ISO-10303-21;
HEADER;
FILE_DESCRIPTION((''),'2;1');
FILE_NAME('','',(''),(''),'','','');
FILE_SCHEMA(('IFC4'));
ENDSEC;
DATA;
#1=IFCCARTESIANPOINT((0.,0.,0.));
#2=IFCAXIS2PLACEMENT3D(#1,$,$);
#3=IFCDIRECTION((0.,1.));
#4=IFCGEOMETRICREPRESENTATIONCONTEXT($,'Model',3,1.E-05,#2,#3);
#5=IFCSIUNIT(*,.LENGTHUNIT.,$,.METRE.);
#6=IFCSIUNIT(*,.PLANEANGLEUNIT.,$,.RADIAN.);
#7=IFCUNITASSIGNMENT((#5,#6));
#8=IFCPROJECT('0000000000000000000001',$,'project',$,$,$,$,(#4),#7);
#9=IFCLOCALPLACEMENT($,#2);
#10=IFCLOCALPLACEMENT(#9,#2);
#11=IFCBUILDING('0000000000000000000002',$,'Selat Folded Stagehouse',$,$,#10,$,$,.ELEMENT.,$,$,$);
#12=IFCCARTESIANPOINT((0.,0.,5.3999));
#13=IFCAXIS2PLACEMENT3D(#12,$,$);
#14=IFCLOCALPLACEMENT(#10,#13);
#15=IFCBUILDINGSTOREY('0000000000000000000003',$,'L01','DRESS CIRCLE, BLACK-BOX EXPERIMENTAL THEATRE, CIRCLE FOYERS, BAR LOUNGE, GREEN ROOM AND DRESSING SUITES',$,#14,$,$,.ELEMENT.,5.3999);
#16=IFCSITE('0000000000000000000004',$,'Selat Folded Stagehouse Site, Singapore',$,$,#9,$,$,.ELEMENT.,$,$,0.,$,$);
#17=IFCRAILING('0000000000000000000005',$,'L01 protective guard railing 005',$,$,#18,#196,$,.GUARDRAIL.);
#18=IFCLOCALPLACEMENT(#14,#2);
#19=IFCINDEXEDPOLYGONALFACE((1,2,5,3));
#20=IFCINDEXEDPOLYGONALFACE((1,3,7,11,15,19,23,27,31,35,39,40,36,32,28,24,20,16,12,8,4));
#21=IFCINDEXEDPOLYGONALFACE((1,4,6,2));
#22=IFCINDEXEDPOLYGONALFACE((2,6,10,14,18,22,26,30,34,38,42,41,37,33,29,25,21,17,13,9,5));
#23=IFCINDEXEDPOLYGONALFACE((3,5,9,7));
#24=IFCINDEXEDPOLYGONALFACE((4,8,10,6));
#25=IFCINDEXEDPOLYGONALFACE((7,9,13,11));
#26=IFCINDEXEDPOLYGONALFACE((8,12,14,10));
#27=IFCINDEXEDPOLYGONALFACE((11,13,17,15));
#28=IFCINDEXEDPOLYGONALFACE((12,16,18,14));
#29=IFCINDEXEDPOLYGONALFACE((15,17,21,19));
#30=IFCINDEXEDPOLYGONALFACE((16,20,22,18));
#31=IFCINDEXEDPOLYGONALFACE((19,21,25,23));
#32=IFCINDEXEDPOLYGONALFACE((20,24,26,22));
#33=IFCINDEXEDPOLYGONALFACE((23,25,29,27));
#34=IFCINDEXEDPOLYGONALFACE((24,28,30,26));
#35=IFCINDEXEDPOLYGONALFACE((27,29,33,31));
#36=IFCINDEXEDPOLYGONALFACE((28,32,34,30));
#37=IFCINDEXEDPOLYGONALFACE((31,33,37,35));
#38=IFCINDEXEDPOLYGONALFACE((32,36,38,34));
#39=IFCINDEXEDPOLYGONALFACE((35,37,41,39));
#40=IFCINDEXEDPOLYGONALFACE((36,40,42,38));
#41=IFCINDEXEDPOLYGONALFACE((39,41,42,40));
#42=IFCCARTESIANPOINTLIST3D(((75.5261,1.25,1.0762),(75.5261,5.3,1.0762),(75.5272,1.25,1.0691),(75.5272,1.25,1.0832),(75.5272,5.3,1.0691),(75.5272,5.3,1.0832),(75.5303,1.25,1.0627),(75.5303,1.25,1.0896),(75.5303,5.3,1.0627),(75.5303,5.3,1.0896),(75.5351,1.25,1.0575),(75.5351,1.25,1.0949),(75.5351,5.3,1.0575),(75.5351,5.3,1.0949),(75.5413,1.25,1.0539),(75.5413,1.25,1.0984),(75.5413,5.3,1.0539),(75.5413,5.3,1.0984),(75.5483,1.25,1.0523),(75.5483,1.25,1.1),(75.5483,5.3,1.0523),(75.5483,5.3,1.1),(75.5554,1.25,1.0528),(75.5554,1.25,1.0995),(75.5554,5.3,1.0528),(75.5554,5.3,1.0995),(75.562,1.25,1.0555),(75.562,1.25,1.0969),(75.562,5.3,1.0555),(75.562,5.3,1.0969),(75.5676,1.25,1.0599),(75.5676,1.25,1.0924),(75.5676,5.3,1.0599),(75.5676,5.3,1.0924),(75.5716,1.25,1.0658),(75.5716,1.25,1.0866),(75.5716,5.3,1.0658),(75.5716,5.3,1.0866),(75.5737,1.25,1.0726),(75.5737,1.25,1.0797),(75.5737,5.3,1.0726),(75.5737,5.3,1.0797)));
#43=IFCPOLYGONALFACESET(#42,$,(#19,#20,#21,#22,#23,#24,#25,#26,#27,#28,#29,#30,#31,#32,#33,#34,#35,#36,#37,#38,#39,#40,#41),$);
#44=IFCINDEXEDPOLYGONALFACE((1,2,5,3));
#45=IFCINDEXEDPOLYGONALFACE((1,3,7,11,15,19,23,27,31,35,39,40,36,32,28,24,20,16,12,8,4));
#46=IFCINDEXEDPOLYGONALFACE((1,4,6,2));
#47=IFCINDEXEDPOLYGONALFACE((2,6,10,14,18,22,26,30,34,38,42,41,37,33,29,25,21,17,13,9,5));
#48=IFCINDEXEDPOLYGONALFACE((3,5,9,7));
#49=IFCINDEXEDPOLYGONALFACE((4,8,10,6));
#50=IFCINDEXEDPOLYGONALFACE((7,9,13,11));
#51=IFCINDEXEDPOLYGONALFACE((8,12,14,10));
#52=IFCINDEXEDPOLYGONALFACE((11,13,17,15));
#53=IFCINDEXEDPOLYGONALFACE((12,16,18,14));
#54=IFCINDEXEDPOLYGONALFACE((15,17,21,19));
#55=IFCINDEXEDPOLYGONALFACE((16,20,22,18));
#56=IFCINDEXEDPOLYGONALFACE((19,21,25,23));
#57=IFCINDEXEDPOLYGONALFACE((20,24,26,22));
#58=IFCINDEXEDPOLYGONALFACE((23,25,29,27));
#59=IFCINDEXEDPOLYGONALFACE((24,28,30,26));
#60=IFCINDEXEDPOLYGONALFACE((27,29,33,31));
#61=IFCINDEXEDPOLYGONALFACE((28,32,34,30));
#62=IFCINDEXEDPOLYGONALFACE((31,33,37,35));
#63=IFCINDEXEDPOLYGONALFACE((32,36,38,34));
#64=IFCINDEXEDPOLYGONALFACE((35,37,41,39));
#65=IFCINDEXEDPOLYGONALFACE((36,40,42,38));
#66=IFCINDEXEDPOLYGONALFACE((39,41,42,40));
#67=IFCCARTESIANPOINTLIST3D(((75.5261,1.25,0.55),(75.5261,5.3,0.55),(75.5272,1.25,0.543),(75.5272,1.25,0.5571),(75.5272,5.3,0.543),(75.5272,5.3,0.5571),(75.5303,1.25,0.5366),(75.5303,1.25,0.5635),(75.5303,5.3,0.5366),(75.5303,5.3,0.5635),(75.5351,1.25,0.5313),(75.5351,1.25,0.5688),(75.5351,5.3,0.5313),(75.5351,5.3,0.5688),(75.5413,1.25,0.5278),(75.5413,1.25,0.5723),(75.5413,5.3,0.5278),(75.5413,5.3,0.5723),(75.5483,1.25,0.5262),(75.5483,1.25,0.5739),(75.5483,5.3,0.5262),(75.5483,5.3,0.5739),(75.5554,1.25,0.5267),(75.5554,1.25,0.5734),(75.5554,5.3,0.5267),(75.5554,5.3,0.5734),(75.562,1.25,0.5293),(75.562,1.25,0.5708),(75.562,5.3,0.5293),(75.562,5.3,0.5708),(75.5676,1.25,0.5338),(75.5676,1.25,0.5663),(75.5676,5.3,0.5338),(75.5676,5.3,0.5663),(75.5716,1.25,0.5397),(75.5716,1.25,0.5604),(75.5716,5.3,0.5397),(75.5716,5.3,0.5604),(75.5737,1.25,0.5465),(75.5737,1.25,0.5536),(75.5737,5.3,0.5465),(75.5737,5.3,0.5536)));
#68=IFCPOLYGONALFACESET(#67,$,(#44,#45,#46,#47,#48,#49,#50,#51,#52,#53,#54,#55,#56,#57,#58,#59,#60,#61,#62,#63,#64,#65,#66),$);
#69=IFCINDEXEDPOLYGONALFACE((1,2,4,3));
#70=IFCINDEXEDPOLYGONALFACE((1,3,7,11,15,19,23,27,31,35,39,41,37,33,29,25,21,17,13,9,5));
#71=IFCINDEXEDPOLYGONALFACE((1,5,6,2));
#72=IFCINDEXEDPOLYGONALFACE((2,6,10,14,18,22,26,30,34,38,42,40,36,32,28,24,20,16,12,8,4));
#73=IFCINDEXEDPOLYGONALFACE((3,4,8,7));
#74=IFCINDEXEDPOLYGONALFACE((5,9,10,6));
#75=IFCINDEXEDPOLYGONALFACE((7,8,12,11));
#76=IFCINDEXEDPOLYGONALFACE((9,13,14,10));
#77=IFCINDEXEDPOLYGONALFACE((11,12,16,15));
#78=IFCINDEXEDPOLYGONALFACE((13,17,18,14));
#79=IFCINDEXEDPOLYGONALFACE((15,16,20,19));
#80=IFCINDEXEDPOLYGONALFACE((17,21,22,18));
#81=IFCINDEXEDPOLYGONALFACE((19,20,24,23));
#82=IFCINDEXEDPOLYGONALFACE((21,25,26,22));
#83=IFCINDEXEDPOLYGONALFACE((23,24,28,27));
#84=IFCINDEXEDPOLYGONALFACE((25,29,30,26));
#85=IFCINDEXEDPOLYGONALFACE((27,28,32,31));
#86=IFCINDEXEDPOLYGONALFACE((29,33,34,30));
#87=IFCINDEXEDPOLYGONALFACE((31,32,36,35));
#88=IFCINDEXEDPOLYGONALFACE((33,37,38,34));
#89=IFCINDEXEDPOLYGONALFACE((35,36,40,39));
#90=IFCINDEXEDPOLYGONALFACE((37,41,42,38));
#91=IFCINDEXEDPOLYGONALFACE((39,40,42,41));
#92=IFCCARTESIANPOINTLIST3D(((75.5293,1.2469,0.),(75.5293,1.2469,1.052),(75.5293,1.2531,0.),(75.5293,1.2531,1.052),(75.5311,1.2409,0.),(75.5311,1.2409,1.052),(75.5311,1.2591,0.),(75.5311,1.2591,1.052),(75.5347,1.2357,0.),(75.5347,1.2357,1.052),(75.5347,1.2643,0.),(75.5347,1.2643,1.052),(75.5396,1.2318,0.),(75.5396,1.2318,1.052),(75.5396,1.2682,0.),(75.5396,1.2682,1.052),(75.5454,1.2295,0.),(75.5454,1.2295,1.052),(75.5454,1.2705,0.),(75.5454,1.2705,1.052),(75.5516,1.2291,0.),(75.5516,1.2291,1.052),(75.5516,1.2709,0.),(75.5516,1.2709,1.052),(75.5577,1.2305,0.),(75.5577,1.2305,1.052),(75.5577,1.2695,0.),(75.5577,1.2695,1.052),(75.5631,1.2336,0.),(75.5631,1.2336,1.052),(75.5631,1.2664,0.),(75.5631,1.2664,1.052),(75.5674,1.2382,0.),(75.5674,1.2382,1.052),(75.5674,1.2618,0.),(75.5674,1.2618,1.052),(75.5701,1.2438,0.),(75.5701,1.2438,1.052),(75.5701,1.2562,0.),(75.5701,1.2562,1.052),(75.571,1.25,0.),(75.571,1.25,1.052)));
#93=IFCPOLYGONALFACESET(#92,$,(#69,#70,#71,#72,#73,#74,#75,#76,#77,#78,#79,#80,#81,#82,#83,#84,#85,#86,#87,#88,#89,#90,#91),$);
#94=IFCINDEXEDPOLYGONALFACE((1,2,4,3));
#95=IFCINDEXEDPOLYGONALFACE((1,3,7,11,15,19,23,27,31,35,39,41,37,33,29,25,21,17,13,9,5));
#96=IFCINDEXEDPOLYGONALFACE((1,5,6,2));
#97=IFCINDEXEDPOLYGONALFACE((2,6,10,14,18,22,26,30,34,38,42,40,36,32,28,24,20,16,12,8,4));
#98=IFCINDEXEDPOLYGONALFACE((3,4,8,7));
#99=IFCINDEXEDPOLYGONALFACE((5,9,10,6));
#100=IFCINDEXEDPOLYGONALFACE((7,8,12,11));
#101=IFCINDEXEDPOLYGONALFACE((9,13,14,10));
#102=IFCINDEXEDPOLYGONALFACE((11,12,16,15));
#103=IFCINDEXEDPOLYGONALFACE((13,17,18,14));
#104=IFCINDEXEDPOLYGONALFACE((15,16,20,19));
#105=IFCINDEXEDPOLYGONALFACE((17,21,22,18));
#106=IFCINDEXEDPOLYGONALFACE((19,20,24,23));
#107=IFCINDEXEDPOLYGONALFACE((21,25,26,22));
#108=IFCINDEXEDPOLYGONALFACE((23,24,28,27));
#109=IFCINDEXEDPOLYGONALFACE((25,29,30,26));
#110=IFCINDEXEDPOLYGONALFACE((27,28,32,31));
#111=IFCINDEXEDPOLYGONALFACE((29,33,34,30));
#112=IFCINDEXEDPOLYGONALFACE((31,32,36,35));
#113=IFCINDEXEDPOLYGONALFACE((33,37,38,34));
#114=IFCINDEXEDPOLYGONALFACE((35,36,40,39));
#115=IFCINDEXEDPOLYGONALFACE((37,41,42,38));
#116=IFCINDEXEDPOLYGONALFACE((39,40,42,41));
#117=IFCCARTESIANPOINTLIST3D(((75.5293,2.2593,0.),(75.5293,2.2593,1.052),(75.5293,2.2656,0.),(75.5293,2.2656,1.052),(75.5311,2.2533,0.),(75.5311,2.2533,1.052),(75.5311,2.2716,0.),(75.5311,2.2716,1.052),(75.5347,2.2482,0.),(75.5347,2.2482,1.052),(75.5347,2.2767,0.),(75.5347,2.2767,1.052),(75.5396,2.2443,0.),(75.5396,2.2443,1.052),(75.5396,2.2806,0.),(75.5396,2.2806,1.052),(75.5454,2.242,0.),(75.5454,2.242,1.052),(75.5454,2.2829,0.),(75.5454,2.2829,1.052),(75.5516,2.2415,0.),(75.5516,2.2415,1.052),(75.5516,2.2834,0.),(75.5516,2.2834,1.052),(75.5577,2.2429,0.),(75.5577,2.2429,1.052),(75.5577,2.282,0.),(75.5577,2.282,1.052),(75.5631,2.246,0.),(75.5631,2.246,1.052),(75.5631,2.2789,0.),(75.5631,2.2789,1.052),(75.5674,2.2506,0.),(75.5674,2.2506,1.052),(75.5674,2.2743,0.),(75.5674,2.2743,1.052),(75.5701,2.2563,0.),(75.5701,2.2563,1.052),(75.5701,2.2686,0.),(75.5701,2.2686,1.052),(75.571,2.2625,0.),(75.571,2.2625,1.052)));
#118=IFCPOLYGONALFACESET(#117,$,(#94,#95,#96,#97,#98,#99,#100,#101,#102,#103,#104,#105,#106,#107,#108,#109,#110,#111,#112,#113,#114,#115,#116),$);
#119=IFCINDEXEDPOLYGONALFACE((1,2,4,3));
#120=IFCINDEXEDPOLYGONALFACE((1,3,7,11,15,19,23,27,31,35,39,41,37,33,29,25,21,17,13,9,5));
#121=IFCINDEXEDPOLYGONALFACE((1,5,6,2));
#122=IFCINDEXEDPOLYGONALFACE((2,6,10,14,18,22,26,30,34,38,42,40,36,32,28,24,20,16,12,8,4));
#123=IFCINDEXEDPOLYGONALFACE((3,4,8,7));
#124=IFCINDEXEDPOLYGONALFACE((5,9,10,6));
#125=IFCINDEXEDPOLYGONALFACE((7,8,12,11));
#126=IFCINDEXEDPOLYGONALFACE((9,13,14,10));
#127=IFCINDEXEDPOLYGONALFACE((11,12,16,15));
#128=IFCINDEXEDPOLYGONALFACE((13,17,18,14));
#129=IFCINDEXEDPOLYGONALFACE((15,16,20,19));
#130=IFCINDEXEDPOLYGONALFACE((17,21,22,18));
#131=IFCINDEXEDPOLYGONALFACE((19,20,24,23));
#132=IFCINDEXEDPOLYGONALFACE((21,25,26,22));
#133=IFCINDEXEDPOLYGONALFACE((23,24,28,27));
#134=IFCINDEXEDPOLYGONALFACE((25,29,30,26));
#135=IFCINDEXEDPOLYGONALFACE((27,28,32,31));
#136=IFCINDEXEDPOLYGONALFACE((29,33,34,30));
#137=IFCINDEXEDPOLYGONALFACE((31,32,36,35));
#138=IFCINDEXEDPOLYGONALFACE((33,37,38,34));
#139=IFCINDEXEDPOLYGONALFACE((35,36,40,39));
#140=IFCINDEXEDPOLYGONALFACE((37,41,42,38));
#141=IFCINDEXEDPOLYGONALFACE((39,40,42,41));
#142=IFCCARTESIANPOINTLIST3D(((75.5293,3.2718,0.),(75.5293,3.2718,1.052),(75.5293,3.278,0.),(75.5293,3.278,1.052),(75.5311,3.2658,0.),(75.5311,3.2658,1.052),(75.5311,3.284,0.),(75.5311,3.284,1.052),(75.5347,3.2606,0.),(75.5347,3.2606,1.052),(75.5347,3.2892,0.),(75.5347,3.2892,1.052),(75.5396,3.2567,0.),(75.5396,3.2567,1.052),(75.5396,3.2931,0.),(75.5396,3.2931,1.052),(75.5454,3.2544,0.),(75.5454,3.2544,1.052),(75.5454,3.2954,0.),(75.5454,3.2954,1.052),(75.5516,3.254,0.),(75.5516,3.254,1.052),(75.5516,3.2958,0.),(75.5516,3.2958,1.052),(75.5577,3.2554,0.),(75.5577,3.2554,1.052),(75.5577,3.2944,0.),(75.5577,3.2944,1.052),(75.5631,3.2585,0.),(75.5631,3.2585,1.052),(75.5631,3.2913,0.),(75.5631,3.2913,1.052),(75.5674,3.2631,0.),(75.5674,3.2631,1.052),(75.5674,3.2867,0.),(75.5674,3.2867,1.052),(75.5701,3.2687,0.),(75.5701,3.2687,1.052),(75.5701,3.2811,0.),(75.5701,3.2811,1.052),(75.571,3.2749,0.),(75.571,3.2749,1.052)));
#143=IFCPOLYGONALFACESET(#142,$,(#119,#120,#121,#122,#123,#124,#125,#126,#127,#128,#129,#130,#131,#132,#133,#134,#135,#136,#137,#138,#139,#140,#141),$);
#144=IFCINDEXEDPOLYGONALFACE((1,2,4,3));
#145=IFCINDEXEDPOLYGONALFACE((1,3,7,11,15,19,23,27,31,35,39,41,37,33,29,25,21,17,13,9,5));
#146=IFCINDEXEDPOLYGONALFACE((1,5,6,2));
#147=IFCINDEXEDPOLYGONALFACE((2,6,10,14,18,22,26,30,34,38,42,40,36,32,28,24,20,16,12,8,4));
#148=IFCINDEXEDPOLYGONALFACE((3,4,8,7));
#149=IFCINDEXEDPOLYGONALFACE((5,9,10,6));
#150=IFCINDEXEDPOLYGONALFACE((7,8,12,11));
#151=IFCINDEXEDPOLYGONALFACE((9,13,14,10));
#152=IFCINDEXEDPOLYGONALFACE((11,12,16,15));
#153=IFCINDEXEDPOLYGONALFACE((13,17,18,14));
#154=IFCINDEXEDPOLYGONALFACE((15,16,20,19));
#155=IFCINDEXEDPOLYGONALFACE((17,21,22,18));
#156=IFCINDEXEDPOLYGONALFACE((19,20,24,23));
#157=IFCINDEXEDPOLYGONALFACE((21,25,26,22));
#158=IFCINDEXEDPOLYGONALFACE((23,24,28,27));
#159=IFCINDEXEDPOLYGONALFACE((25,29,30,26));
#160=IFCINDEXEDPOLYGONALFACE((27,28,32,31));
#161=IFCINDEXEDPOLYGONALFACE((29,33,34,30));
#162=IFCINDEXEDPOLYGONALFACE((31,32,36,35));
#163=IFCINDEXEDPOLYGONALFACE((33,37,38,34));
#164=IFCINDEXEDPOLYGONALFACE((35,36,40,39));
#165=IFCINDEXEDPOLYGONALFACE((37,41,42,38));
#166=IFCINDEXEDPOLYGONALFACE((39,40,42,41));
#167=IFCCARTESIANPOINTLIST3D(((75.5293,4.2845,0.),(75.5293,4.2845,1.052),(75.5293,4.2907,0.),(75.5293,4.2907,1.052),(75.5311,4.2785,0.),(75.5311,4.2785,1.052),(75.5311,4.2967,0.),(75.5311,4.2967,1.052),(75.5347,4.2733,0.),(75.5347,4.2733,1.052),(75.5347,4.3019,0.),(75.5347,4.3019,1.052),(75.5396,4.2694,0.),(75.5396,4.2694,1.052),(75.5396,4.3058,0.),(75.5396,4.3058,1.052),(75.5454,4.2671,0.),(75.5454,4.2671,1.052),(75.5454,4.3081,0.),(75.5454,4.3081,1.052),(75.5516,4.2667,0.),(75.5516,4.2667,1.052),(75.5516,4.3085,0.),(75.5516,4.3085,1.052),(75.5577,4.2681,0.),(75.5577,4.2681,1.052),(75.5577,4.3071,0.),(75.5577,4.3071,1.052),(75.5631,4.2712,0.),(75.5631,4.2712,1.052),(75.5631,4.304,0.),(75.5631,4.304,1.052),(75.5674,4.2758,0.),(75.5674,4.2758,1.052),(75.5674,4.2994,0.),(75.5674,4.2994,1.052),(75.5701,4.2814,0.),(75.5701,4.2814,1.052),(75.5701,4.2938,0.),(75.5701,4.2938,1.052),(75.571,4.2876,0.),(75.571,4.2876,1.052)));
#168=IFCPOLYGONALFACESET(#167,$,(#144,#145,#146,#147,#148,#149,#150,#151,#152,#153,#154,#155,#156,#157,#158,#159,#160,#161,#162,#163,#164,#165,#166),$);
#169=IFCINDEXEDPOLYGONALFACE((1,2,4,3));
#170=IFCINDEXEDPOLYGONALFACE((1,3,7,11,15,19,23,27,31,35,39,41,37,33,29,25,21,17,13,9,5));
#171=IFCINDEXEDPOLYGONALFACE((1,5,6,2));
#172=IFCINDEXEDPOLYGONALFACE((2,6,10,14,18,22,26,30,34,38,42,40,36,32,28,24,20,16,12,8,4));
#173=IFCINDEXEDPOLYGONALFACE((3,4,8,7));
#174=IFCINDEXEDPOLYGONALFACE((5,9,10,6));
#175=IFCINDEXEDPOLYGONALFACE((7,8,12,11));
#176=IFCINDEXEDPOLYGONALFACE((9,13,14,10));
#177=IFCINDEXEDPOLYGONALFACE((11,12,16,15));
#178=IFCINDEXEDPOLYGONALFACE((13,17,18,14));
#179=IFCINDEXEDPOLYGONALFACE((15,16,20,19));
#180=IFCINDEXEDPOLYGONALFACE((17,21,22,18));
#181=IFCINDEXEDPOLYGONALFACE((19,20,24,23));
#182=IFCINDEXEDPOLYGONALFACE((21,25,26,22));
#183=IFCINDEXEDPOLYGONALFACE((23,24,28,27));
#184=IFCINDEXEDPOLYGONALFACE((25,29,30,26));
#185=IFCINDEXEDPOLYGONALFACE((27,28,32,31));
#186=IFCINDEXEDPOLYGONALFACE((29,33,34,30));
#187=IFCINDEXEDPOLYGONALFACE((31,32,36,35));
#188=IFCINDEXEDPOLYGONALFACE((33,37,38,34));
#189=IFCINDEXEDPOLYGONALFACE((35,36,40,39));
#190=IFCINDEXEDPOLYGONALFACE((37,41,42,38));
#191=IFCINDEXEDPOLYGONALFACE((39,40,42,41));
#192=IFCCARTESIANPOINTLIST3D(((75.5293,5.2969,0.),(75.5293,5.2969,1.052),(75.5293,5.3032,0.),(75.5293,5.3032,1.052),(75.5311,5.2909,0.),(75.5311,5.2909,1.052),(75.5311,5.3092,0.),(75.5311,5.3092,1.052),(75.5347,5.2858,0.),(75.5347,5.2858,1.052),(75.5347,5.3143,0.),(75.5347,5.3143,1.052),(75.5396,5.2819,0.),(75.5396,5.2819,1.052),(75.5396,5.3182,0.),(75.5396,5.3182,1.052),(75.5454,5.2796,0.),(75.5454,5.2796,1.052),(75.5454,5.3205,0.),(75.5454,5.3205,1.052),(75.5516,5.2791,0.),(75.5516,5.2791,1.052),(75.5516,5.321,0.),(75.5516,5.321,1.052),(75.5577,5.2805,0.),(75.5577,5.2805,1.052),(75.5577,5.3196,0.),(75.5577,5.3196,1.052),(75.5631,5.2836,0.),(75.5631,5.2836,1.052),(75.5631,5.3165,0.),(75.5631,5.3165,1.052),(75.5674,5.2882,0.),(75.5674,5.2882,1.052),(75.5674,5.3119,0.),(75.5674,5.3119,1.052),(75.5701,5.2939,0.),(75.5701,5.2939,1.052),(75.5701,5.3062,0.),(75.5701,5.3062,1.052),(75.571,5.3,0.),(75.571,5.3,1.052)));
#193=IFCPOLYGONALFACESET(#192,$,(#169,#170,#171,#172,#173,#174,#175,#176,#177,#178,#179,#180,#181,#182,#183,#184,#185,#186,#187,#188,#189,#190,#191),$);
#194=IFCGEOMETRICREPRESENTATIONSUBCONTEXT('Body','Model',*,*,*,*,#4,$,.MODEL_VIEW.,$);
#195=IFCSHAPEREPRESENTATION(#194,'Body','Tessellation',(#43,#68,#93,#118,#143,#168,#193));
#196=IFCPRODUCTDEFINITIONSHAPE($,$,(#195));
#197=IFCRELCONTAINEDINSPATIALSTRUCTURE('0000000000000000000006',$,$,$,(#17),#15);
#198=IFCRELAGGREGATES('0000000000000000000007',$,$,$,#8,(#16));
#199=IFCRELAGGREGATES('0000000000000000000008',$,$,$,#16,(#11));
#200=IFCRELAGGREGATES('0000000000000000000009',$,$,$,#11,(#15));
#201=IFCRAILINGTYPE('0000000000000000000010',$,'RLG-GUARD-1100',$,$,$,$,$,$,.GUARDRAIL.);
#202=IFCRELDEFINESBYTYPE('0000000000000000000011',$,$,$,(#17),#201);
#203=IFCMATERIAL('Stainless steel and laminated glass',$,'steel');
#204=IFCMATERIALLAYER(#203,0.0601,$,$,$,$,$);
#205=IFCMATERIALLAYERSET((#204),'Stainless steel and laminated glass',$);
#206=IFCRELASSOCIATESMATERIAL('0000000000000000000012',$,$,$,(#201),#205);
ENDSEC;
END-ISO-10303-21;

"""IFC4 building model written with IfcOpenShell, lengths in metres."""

from ifc_helpers import new_model, si_unit, direction, frame, origin, origin_2d, place, context, subcontext, project, spatial, circle, extrude, material, layer, layer_set, type_object, element, save


model = new_model("IFC4")

# Units and contexts
model_context = context("Model", 3, precision=1e-05, world=origin(), true_north=direction((0.0, 1.0)))
body_context = subcontext(model_context, "Body", "Model", "MODEL_VIEW")
ifc_project = project(units=[si_unit("LENGTHUNIT", "METRE"), si_unit("PLANEANGLEUNIT", "RADIAN")], contexts=[model_context])

# Site, building, storey
site_placement = place(None, origin())
site = spatial("IfcSite", under=ifc_project, at=site_placement, Name="Selat Folded Stagehouse Site, Singapore", CompositionType="ELEMENT", RefElevation=0.0)
building_placement = place(site_placement, origin())
building = spatial("IfcBuilding", under=site, at=building_placement, Name="Selat Folded Stagehouse", CompositionType="ELEMENT")
storey_placement = place(building_placement, frame((0.0, 0.0, 5.3999)))
storey = spatial("IfcBuildingStorey", under=building, at=storey_placement, Name="L01", Description="DRESS CIRCLE, BLACK-BOX EXPERIMENTAL THEATRE, CIRCLE FOYERS, BAR LOUNGE, GREEN ROOM AND DRESSING SUITES", CompositionType="ELEMENT", Elevation=5.3999)

# Railing
ifc_material_1 = material(Name="Stainless steel and laminated glass", Category="steel")
ifc_layer_1 = layer(ifc_material_1, 0.0601)
ifc_layer_set_1 = layer_set([ifc_layer_1], Name="Stainless steel and laminated glass")
railing_type = type_object("IfcRailingType", Name="RLG-GUARD-1100", PredefinedType="GUARDRAIL", material=ifc_layer_set_1)
railing_1_placement = place(storey_placement, frame((75.55, 1.25, 0.0)))
element("IfcRailing", 1, at=railing_1_placement, inside=storey, type_object=railing_type, Name="L01 protective guard railing 005", PredefinedType="GUARDRAIL", context=body_context, shape_type="SweptSolid", body=[
    extrude(circle(Radius=0.0239, at=origin_2d()), frame((0.0, 0.0, 1.0762), z_axis=(0.0, 1.0, 0.0), x_axis=(-1.0, 0.0, 0.0)), (0.0, 0.0, 1.0), 4.05),
    extrude(circle(Radius=0.0239, at=origin_2d()), frame((0.0, 0.0, 0.55), z_axis=(0.0, 1.0, 0.0), x_axis=(-1.0, 0.0, 0.0)), (0.0, 0.0, 1.0), 4.05),
    extrude(circle(Radius=0.021, at=origin_2d()), origin(), (0.0, 0.0, 1.0), 1.052),
    extrude(circle(Radius=0.021, at=origin_2d()), frame((0.0, 1.0125, 0.0)), (0.0, 0.0, 1.0), 1.052),
    extrude(circle(Radius=0.021, at=origin_2d()), frame((0.0, 2.0249, 0.0)), (0.0, 0.0, 1.0), 1.052),
    extrude(circle(Radius=0.021, at=origin_2d()), frame((0.0, 3.0376, 0.0)), (0.0, 0.0, 1.0), 1.052),
    extrude(circle(Radius=0.021, at=origin_2d()), frame((0.0, 4.05, 0.0)), (0.0, 0.0, 1.0), 1.052),
])

save(model, "model.ifc")
